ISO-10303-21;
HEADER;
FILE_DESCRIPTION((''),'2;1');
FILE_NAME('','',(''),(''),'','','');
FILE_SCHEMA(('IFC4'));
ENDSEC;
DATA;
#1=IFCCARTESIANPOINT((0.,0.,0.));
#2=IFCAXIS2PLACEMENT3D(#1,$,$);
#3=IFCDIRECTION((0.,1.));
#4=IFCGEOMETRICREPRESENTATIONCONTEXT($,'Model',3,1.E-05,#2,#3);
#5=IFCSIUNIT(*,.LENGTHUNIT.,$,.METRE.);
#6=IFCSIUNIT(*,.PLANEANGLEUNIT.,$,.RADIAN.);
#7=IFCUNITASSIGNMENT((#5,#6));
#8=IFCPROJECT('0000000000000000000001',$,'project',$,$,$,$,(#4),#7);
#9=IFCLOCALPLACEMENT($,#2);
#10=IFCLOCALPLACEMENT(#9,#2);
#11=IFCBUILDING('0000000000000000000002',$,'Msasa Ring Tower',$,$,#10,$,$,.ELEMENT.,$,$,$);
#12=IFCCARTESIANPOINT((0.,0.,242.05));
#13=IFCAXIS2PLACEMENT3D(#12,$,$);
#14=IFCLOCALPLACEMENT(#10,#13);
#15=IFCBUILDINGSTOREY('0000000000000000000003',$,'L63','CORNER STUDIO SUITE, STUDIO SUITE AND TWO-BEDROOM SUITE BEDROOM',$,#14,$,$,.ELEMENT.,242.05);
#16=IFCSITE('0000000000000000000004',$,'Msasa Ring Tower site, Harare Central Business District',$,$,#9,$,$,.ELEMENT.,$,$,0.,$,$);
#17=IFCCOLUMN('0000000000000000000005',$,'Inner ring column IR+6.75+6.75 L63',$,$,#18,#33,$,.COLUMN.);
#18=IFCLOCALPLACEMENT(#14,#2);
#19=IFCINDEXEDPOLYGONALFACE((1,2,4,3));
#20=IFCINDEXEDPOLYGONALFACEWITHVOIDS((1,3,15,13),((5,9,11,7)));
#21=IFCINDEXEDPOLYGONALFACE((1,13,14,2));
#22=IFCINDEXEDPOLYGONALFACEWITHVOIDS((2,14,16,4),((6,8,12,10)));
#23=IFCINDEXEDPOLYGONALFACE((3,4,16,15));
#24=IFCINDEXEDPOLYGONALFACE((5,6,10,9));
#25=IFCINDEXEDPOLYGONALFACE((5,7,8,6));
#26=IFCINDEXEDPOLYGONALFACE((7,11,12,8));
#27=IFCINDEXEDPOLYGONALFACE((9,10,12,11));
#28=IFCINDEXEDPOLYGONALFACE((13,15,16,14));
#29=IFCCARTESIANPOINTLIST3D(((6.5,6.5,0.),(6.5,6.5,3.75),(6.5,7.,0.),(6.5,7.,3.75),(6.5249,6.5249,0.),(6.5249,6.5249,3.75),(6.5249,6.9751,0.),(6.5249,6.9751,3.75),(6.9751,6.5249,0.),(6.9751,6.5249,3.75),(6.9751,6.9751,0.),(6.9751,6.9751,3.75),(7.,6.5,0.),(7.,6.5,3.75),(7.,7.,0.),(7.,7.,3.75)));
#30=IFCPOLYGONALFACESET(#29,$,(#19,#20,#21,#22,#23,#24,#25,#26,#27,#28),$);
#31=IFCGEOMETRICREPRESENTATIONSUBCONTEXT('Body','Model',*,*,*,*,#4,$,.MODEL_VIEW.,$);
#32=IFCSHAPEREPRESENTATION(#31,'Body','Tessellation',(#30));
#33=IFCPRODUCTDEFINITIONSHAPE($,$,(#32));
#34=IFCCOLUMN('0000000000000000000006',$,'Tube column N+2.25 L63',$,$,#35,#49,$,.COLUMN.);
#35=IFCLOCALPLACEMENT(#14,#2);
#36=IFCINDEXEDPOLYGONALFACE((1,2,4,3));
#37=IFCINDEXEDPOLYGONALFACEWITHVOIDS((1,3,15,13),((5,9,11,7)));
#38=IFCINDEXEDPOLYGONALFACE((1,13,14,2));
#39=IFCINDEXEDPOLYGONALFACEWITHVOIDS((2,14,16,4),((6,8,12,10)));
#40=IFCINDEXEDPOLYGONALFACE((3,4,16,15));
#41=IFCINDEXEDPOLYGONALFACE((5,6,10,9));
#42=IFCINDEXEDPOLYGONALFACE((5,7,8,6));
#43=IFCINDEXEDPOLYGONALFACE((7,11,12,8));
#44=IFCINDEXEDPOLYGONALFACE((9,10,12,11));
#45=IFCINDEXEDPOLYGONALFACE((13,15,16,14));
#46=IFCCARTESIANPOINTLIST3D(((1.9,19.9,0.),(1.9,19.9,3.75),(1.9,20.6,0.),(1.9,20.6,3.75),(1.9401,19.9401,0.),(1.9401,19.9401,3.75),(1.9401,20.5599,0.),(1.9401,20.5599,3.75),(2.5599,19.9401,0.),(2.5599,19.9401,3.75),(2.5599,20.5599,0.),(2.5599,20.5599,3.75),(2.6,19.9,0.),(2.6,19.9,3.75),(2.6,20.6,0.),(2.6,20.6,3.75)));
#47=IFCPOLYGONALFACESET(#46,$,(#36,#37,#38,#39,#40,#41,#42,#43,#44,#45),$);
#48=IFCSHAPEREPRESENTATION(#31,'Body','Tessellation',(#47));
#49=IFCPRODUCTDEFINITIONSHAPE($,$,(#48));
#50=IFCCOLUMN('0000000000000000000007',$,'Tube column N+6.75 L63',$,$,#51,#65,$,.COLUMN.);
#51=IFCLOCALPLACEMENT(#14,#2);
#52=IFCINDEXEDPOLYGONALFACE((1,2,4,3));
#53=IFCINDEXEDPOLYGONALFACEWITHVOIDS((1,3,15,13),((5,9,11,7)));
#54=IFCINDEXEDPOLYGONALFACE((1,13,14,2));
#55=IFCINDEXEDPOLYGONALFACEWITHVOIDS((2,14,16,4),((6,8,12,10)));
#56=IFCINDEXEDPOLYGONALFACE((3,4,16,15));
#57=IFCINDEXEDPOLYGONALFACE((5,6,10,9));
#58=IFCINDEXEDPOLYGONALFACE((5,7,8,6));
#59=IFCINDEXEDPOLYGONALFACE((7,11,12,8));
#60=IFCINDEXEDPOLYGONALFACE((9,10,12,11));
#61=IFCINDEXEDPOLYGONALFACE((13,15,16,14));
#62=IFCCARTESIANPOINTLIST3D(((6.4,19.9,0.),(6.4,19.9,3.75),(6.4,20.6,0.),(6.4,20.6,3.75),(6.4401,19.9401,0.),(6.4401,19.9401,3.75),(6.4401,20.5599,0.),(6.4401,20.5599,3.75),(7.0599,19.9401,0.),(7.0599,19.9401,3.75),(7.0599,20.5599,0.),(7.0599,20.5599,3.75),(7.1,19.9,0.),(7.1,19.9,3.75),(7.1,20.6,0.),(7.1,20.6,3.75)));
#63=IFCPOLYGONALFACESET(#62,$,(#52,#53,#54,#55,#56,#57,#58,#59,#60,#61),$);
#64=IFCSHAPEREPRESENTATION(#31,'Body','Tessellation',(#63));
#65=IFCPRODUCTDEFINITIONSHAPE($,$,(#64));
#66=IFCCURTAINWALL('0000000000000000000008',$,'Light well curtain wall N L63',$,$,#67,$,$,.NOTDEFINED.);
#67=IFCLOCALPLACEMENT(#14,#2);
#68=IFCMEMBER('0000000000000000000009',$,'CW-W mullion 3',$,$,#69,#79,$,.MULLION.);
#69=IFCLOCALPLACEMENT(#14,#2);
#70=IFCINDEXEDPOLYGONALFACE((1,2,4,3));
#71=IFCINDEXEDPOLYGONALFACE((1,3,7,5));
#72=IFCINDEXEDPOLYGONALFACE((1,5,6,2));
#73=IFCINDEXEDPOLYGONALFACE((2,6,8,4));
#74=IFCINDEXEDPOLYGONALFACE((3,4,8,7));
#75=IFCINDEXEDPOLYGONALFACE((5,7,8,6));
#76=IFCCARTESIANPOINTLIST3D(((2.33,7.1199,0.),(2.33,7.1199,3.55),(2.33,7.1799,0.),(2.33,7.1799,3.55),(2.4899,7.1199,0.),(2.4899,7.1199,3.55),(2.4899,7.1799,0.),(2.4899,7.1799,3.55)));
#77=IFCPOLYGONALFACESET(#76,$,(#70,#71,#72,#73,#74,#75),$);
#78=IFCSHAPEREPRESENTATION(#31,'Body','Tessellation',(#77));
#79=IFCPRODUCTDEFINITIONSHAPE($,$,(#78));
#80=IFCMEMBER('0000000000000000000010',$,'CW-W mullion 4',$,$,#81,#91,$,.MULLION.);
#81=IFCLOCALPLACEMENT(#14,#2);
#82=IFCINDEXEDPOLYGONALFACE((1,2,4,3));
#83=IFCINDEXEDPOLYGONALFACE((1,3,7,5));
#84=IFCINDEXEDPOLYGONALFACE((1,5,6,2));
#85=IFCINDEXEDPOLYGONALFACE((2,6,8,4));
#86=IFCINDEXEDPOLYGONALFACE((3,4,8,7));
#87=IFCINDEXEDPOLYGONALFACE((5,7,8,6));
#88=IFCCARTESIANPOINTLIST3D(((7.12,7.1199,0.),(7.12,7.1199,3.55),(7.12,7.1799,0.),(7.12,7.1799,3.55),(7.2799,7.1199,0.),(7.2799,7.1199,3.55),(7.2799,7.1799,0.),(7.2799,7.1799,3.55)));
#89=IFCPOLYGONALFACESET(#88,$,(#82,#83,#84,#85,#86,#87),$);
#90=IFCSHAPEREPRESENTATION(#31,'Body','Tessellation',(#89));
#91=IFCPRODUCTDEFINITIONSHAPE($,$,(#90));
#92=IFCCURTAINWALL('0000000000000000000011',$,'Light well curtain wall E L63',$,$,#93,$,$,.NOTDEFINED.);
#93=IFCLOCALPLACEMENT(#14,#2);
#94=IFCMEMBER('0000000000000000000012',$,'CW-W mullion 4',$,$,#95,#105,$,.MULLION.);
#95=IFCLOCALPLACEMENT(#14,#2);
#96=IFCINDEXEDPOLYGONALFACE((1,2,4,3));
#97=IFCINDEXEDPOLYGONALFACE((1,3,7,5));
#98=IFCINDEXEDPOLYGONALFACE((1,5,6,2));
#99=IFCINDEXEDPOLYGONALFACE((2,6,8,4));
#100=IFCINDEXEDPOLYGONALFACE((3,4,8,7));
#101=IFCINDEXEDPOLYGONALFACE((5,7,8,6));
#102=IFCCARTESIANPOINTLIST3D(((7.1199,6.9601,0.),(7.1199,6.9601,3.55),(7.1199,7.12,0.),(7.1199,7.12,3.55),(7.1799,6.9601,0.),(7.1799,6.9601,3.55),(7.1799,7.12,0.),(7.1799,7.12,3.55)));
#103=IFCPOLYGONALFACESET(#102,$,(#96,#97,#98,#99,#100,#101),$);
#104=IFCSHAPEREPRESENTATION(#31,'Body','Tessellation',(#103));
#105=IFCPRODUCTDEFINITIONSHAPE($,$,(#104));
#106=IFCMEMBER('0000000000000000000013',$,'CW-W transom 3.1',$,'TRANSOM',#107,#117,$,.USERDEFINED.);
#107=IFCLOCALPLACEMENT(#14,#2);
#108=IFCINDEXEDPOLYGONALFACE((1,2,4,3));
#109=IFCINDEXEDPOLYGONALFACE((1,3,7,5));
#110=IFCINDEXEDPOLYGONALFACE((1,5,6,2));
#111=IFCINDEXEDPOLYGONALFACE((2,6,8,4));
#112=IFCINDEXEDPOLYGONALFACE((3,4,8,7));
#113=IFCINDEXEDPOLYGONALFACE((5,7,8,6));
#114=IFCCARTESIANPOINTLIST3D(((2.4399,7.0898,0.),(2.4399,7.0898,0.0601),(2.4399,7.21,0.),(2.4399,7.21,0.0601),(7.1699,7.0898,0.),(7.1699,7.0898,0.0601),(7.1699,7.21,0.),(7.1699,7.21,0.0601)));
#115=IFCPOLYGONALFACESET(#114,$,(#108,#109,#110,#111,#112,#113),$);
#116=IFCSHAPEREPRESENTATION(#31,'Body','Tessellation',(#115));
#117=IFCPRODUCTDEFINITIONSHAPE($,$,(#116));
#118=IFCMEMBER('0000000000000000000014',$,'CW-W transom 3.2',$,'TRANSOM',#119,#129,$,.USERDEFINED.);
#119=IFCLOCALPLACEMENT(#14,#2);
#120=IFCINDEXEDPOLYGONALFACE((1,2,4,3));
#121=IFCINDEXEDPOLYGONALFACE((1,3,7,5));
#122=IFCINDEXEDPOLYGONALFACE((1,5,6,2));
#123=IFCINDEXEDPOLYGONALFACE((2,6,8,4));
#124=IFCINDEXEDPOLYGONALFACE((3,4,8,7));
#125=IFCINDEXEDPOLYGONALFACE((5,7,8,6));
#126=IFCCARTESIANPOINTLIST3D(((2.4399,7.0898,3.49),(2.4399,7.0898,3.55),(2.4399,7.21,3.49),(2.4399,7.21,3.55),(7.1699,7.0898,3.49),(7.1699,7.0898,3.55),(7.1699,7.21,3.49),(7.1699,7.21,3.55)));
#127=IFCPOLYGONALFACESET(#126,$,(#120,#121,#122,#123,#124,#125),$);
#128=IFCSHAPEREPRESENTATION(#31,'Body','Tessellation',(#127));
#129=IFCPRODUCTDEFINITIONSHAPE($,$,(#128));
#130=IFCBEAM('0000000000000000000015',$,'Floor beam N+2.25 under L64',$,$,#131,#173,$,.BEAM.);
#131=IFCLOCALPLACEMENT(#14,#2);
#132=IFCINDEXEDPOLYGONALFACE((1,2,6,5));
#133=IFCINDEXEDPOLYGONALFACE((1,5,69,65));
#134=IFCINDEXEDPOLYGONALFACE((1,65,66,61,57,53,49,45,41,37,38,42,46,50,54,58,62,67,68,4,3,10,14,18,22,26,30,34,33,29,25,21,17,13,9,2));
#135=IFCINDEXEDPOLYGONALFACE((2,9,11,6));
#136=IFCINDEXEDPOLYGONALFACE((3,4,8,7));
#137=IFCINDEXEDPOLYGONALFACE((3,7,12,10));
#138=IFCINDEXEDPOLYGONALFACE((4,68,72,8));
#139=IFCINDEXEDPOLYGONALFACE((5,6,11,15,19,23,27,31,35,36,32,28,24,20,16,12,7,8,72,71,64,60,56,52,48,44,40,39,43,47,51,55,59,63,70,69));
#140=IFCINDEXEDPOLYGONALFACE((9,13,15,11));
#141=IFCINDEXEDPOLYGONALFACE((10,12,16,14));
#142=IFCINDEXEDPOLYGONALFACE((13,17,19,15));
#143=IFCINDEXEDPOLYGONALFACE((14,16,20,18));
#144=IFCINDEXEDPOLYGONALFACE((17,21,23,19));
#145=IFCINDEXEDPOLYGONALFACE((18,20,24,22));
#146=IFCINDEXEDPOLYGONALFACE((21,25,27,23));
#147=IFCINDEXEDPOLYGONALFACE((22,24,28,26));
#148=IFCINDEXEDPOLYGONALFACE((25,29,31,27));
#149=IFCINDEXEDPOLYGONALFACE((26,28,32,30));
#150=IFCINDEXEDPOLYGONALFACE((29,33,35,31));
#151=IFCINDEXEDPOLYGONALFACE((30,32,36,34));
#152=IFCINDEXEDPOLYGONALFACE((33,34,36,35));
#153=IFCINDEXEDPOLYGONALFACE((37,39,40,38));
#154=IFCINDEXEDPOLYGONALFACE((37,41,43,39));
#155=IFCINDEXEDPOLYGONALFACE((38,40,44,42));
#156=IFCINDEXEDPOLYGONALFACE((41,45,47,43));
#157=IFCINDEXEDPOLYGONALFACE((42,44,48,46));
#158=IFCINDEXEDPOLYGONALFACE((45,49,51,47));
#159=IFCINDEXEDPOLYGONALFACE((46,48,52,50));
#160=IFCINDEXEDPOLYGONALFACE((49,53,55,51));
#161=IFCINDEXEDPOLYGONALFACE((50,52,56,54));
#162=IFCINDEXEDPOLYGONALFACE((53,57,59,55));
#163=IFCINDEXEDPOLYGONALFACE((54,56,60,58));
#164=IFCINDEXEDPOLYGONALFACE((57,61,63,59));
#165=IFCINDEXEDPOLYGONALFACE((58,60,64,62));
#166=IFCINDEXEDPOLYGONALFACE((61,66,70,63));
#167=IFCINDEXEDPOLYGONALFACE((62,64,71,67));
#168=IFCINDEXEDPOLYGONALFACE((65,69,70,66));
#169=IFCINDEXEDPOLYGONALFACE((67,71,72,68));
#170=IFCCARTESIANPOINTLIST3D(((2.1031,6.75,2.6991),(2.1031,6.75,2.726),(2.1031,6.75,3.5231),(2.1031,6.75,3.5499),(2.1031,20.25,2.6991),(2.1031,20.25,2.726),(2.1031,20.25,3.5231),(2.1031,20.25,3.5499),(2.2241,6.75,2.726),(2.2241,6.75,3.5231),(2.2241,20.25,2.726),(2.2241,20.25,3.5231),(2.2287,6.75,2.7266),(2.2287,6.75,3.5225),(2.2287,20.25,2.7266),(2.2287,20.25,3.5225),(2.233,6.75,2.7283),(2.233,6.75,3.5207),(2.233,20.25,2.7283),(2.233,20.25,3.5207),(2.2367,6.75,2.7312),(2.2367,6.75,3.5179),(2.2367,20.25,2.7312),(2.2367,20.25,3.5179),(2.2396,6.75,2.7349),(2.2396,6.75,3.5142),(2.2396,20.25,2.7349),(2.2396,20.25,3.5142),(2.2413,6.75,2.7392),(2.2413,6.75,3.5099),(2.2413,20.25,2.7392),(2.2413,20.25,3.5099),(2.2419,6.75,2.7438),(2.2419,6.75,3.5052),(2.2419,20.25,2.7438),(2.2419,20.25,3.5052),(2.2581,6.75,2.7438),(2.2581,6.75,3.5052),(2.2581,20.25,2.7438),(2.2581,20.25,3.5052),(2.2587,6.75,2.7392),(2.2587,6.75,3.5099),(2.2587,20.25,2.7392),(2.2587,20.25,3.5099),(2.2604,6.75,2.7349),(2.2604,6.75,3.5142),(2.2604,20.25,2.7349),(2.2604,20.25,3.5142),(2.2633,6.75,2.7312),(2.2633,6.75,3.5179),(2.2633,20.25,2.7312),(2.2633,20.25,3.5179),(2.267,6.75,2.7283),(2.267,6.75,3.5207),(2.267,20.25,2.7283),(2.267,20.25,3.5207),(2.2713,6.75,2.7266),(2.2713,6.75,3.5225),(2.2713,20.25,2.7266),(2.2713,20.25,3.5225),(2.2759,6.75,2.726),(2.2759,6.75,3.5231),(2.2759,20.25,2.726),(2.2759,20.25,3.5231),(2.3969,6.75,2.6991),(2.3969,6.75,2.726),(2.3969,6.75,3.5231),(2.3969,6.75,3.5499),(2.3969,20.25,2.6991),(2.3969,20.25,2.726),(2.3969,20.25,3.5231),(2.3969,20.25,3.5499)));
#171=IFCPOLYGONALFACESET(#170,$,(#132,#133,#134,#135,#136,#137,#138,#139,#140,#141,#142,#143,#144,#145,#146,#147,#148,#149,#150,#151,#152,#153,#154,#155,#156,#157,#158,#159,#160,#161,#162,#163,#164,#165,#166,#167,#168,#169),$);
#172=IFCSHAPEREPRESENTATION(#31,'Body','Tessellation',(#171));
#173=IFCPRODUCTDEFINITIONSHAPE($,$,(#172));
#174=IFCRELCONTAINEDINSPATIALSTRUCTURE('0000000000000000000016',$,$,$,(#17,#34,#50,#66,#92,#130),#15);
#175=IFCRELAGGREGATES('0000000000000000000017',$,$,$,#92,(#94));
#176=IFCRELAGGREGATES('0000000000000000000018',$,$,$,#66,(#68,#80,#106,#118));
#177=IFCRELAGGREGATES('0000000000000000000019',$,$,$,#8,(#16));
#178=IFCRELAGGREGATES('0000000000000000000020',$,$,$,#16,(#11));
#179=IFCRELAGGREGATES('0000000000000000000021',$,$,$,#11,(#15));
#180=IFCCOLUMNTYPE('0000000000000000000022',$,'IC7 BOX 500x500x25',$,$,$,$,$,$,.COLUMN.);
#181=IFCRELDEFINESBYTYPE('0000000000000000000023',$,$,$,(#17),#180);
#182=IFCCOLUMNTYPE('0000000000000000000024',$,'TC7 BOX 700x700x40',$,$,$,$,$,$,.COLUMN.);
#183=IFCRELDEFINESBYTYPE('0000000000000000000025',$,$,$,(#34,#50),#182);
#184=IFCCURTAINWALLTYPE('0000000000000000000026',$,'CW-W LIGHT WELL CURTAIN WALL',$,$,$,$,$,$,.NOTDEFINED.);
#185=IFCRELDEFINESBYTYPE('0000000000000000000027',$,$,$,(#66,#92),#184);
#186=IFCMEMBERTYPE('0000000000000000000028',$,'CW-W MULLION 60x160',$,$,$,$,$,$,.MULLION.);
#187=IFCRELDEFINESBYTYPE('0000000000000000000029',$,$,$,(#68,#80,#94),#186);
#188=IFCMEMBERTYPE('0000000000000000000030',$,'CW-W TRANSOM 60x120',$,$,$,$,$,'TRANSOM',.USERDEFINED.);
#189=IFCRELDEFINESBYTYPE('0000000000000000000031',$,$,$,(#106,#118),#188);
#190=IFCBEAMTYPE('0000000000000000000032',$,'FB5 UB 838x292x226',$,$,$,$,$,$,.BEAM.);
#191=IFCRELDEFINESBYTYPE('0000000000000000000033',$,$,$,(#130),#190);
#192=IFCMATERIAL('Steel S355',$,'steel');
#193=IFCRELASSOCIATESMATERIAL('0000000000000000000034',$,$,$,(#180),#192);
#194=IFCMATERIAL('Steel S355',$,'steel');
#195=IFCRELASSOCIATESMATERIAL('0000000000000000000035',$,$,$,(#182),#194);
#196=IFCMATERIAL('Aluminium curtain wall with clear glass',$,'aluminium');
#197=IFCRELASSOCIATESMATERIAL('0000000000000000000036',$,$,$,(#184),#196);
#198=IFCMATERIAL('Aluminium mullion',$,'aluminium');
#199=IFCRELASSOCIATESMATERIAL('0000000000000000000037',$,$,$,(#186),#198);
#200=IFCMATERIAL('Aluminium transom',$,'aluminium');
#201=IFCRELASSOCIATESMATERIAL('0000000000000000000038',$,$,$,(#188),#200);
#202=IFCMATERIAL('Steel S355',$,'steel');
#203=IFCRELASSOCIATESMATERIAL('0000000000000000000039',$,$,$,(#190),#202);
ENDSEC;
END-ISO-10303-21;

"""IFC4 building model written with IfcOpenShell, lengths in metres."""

from ifc_helpers import new_model, si_unit, direction, frame, origin, origin_2d, place, context, subcontext, project, spatial, rectangle, hollow_rectangle, i_section, extrude, material, material_profile, profile_set, type_object, element, aggregate, save


model = new_model("IFC4")

# Units and contexts
model_context = context("Model", 3, precision=1e-05, world=origin(), true_north=direction((0.0, 1.0)))
body_context = subcontext(model_context, "Body", "Model", "MODEL_VIEW")
ifc_project = project(units=[si_unit("LENGTHUNIT", "METRE"), si_unit("PLANEANGLEUNIT", "RADIAN")], contexts=[model_context])

# Site, building, storey
site_placement = place(None, origin())
site = spatial("IfcSite", under=ifc_project, at=site_placement, Name="Msasa Ring Tower site, Harare Central Business District", CompositionType="ELEMENT", RefElevation=0.0)
building_placement = place(site_placement, origin())
building = spatial("IfcBuilding", under=site, at=building_placement, Name="Msasa Ring Tower", CompositionType="ELEMENT")
storey_placement = place(building_placement, frame((0.0, 0.0, 242.05)))
storey = spatial("IfcBuildingStorey", under=building, at=storey_placement, Name="L63", Description="CORNER STUDIO SUITE, STUDIO SUITE AND TWO-BEDROOM SUITE BEDROOM", CompositionType="ELEMENT", Elevation=242.05)

# Columns
ifc_material_1 = material(Name="Steel S355", Category="steel")
ifc_material_profile_1 = material_profile(ifc_material_1, hollow_rectangle(XDim=0.5, YDim=0.5, WallThickness=0.0249, at=origin_2d()), Name="BOX 500x500x25")
ifc_profile_set_1 = profile_set([ifc_material_profile_1], Name="Steel S355")
column_type_1 = type_object("IfcColumnType", Name="IC7 BOX 500x500x25", PredefinedType="COLUMN", material=ifc_profile_set_1)
column_placement = place(storey_placement, frame((6.75, 6.75, 0.0), z_axis=(0.0, 0.0, 1.0), x_axis=(1.0, 0.0, 0.0)))
element("IfcColumn", 1, at=column_placement, inside=storey, type_object=column_type_1, Name="Inner ring column IR+6.75+6.75 L63", PredefinedType="COLUMN", context=body_context, shape_type="SweptSolid", body=[
    extrude(hollow_rectangle(XDim=0.5, YDim=0.5, WallThickness=0.0249, at=origin_2d()), origin(), (0.0, 0.0, 1.0), 3.75),
])
ifc_material_2 = material(Name="Steel S355", Category="steel")
ifc_material_profile_2 = material_profile(ifc_material_2, hollow_rectangle(XDim=0.7, YDim=0.7, WallThickness=0.04, at=origin_2d()), Name="BOX 700x700x40")
ifc_profile_set_2 = profile_set([ifc_material_profile_2], Name="Steel S355")
column_type_2 = type_object("IfcColumnType", Name="TC7 BOX 700x700x40", PredefinedType="COLUMN", material=ifc_profile_set_2)
for number, where, z_axis, x_axis, name in (
    (2, (2.25, 20.25, 0.0), (0.0, 0.0, 1.0), (0.0, 1.0, 0.0), "Tube column N+2.25 L63"),
    (3, (6.75, 20.25, 0.0), (0.0, 0.0, 1.0), (0.0, 1.0, 0.0), "Tube column N+6.75 L63"),
):
    element("IfcColumn", number, at=place(storey_placement, frame(where, z_axis=z_axis, x_axis=x_axis)), inside=storey, type_object=column_type_2, Name=name, PredefinedType="COLUMN", context=body_context, shape_type="SweptSolid", body=[
        extrude(hollow_rectangle(XDim=0.7, YDim=0.7, WallThickness=0.04, at=origin_2d()), origin(), (0.0, 0.0, 1.0), 3.75),
    ])

# Curtain wall, members
ifc_material_3 = material(Name="Aluminium curtain wall with clear glass", Category="aluminium")
curtain_wall_type = type_object("IfcCurtainWallType", Name="CW-W LIGHT WELL CURTAIN WALL", PredefinedType="NOTDEFINED", material=ifc_material_3)
curtain_wall_1_placement = place(storey_placement, origin())
curtain_wall_1 = element("IfcCurtainWall", 4, at=curtain_wall_1_placement, inside=storey, type_object=curtain_wall_type, Name="Light well curtain wall N L63", PredefinedType="NOTDEFINED")
ifc_material_4 = material(Name="Aluminium mullion", Category="aluminium")
ifc_material_profile_3 = material_profile(ifc_material_4, rectangle(XDim=0.0601, YDim=0.1599, at=origin_2d()), Name="AL 60x160")
ifc_profile_set_3 = profile_set([ifc_material_profile_3], Name="Aluminium mullion")
member_type_1 = type_object("IfcMemberType", Name="CW-W MULLION 60x160", PredefinedType="MULLION", material=ifc_profile_set_3)
member_1_placement = place(storey_placement, frame((2.4099, 7.1499, 0.0), z_axis=(0.0, 0.0, 1.0), x_axis=(0.0, 1.0, 0.0)))
member_1 = element("IfcMember", 5, at=member_1_placement, type_object=member_type_1, Name="CW-W mullion 3", PredefinedType="MULLION", context=body_context, shape_type="SweptSolid", body=[
    extrude(rectangle(XDim=0.0601, YDim=0.1599, at=origin_2d()), origin(), (0.0, 0.0, 1.0), 3.55),
])
member_2_placement = place(storey_placement, frame((7.2, 7.1499, 0.0), z_axis=(0.0, 0.0, 1.0), x_axis=(0.0, 1.0, 0.0)))
member_2 = element("IfcMember", 6, at=member_2_placement, type_object=member_type_1, Name="CW-W mullion 4", PredefinedType="MULLION", context=body_context, shape_type="SweptSolid", body=[
    extrude(rectangle(XDim=0.0601, YDim=0.1599, at=origin_2d()), origin(), (0.0, 0.0, 1.0), 3.55),
])

# Curtain wall, member
curtain_wall_2_placement = place(storey_placement, origin())
curtain_wall_2 = element("IfcCurtainWall", 7, at=curtain_wall_2_placement, inside=storey, type_object=curtain_wall_type, Name="Light well curtain wall E L63", PredefinedType="NOTDEFINED")
member_3_placement = place(storey_placement, frame((7.1499, 7.04, 0.0), z_axis=(0.0, 0.0, 1.0), x_axis=(-1.0, 0.0, 0.0)))
member_3 = element("IfcMember", 8, at=member_3_placement, type_object=member_type_1, Name="CW-W mullion 4", PredefinedType="MULLION", context=body_context, shape_type="SweptSolid", body=[
    extrude(rectangle(XDim=0.0601, YDim=0.1599, at=origin_2d()), origin(), (0.0, 0.0, 1.0), 3.55),
])
aggregate(curtain_wall_2, [member_3])

# Members
ifc_material_5 = material(Name="Aluminium transom", Category="aluminium")
ifc_material_profile_4 = material_profile(ifc_material_5, rectangle(XDim=0.1201, YDim=0.0601, at=origin_2d()), Name="AL 60x120")
ifc_profile_set_4 = profile_set([ifc_material_profile_4], Name="Aluminium transom")
member_type_2 = type_object("IfcMemberType", Name="CW-W TRANSOM 60x120", ElementType="TRANSOM", PredefinedType="USERDEFINED", material=ifc_profile_set_4)
member_4_placement = place(storey_placement, frame((2.4399, 7.1499, 0.03), z_axis=(1.0, 0.0, 0.0), x_axis=(0.0, 1.0, 0.0)))
member_4 = element("IfcMember", 9, at=member_4_placement, type_object=member_type_2, Name="CW-W transom 3.1", ObjectType="TRANSOM", PredefinedType="USERDEFINED", context=body_context, shape_type="SweptSolid", body=[
    extrude(rectangle(XDim=0.1201, YDim=0.0601, at=origin_2d()), origin(), (0.0, 0.0, 1.0), 4.73),
])
member_5_placement = place(storey_placement, frame((2.4399, 7.1499, 3.52), z_axis=(1.0, 0.0, 0.0), x_axis=(0.0, 1.0, 0.0)))
member_5 = element("IfcMember", 10, at=member_5_placement, type_object=member_type_2, Name="CW-W transom 3.2", ObjectType="TRANSOM", PredefinedType="USERDEFINED", context=body_context, shape_type="SweptSolid", body=[
    extrude(rectangle(XDim=0.1201, YDim=0.0601, at=origin_2d()), origin(), (0.0, 0.0, 1.0), 4.73),
])

# Beam
ifc_material_6 = material(Name="Steel S355", Category="steel")
ifc_material_profile_5 = material_profile(ifc_material_6, i_section(OverallWidth=0.2937, OverallDepth=0.8508, WebThickness=0.0161, FlangeThickness=0.0269, FilletRadius=0.0178, at=origin_2d()), Name="UB 838x292x226")
ifc_profile_set_5 = profile_set([ifc_material_profile_5], Name="Steel S355")
beam_type_1 = type_object("IfcBeamType", Name="FB5 UB 838x292x226", PredefinedType="BEAM", material=ifc_profile_set_5)
for number, where, z_axis, x_axis, name in (
    (11, (2.25, 20.25, 3.1245), (0.0, -1.0, 0.0), (1.0, 0.0, 0.0), "Floor beam N+2.25 under L64"),
):
    element("IfcBeam", number, at=place(storey_placement, frame(where, z_axis=z_axis, x_axis=x_axis)), inside=storey, type_object=beam_type_1, Name=name, PredefinedType="BEAM", context=body_context, shape_type="SweptSolid", body=[
        extrude(i_section(OverallWidth=0.2937, OverallDepth=0.8508, WebThickness=0.0161, FlangeThickness=0.0269, FilletRadius=0.0178, at=origin_2d()), origin(), (0.0, 0.0, 1.0), 13.5),
    ])

aggregate(curtain_wall_1, [member_1, member_2, member_4, member_5])

save(model, "model.ifc")
